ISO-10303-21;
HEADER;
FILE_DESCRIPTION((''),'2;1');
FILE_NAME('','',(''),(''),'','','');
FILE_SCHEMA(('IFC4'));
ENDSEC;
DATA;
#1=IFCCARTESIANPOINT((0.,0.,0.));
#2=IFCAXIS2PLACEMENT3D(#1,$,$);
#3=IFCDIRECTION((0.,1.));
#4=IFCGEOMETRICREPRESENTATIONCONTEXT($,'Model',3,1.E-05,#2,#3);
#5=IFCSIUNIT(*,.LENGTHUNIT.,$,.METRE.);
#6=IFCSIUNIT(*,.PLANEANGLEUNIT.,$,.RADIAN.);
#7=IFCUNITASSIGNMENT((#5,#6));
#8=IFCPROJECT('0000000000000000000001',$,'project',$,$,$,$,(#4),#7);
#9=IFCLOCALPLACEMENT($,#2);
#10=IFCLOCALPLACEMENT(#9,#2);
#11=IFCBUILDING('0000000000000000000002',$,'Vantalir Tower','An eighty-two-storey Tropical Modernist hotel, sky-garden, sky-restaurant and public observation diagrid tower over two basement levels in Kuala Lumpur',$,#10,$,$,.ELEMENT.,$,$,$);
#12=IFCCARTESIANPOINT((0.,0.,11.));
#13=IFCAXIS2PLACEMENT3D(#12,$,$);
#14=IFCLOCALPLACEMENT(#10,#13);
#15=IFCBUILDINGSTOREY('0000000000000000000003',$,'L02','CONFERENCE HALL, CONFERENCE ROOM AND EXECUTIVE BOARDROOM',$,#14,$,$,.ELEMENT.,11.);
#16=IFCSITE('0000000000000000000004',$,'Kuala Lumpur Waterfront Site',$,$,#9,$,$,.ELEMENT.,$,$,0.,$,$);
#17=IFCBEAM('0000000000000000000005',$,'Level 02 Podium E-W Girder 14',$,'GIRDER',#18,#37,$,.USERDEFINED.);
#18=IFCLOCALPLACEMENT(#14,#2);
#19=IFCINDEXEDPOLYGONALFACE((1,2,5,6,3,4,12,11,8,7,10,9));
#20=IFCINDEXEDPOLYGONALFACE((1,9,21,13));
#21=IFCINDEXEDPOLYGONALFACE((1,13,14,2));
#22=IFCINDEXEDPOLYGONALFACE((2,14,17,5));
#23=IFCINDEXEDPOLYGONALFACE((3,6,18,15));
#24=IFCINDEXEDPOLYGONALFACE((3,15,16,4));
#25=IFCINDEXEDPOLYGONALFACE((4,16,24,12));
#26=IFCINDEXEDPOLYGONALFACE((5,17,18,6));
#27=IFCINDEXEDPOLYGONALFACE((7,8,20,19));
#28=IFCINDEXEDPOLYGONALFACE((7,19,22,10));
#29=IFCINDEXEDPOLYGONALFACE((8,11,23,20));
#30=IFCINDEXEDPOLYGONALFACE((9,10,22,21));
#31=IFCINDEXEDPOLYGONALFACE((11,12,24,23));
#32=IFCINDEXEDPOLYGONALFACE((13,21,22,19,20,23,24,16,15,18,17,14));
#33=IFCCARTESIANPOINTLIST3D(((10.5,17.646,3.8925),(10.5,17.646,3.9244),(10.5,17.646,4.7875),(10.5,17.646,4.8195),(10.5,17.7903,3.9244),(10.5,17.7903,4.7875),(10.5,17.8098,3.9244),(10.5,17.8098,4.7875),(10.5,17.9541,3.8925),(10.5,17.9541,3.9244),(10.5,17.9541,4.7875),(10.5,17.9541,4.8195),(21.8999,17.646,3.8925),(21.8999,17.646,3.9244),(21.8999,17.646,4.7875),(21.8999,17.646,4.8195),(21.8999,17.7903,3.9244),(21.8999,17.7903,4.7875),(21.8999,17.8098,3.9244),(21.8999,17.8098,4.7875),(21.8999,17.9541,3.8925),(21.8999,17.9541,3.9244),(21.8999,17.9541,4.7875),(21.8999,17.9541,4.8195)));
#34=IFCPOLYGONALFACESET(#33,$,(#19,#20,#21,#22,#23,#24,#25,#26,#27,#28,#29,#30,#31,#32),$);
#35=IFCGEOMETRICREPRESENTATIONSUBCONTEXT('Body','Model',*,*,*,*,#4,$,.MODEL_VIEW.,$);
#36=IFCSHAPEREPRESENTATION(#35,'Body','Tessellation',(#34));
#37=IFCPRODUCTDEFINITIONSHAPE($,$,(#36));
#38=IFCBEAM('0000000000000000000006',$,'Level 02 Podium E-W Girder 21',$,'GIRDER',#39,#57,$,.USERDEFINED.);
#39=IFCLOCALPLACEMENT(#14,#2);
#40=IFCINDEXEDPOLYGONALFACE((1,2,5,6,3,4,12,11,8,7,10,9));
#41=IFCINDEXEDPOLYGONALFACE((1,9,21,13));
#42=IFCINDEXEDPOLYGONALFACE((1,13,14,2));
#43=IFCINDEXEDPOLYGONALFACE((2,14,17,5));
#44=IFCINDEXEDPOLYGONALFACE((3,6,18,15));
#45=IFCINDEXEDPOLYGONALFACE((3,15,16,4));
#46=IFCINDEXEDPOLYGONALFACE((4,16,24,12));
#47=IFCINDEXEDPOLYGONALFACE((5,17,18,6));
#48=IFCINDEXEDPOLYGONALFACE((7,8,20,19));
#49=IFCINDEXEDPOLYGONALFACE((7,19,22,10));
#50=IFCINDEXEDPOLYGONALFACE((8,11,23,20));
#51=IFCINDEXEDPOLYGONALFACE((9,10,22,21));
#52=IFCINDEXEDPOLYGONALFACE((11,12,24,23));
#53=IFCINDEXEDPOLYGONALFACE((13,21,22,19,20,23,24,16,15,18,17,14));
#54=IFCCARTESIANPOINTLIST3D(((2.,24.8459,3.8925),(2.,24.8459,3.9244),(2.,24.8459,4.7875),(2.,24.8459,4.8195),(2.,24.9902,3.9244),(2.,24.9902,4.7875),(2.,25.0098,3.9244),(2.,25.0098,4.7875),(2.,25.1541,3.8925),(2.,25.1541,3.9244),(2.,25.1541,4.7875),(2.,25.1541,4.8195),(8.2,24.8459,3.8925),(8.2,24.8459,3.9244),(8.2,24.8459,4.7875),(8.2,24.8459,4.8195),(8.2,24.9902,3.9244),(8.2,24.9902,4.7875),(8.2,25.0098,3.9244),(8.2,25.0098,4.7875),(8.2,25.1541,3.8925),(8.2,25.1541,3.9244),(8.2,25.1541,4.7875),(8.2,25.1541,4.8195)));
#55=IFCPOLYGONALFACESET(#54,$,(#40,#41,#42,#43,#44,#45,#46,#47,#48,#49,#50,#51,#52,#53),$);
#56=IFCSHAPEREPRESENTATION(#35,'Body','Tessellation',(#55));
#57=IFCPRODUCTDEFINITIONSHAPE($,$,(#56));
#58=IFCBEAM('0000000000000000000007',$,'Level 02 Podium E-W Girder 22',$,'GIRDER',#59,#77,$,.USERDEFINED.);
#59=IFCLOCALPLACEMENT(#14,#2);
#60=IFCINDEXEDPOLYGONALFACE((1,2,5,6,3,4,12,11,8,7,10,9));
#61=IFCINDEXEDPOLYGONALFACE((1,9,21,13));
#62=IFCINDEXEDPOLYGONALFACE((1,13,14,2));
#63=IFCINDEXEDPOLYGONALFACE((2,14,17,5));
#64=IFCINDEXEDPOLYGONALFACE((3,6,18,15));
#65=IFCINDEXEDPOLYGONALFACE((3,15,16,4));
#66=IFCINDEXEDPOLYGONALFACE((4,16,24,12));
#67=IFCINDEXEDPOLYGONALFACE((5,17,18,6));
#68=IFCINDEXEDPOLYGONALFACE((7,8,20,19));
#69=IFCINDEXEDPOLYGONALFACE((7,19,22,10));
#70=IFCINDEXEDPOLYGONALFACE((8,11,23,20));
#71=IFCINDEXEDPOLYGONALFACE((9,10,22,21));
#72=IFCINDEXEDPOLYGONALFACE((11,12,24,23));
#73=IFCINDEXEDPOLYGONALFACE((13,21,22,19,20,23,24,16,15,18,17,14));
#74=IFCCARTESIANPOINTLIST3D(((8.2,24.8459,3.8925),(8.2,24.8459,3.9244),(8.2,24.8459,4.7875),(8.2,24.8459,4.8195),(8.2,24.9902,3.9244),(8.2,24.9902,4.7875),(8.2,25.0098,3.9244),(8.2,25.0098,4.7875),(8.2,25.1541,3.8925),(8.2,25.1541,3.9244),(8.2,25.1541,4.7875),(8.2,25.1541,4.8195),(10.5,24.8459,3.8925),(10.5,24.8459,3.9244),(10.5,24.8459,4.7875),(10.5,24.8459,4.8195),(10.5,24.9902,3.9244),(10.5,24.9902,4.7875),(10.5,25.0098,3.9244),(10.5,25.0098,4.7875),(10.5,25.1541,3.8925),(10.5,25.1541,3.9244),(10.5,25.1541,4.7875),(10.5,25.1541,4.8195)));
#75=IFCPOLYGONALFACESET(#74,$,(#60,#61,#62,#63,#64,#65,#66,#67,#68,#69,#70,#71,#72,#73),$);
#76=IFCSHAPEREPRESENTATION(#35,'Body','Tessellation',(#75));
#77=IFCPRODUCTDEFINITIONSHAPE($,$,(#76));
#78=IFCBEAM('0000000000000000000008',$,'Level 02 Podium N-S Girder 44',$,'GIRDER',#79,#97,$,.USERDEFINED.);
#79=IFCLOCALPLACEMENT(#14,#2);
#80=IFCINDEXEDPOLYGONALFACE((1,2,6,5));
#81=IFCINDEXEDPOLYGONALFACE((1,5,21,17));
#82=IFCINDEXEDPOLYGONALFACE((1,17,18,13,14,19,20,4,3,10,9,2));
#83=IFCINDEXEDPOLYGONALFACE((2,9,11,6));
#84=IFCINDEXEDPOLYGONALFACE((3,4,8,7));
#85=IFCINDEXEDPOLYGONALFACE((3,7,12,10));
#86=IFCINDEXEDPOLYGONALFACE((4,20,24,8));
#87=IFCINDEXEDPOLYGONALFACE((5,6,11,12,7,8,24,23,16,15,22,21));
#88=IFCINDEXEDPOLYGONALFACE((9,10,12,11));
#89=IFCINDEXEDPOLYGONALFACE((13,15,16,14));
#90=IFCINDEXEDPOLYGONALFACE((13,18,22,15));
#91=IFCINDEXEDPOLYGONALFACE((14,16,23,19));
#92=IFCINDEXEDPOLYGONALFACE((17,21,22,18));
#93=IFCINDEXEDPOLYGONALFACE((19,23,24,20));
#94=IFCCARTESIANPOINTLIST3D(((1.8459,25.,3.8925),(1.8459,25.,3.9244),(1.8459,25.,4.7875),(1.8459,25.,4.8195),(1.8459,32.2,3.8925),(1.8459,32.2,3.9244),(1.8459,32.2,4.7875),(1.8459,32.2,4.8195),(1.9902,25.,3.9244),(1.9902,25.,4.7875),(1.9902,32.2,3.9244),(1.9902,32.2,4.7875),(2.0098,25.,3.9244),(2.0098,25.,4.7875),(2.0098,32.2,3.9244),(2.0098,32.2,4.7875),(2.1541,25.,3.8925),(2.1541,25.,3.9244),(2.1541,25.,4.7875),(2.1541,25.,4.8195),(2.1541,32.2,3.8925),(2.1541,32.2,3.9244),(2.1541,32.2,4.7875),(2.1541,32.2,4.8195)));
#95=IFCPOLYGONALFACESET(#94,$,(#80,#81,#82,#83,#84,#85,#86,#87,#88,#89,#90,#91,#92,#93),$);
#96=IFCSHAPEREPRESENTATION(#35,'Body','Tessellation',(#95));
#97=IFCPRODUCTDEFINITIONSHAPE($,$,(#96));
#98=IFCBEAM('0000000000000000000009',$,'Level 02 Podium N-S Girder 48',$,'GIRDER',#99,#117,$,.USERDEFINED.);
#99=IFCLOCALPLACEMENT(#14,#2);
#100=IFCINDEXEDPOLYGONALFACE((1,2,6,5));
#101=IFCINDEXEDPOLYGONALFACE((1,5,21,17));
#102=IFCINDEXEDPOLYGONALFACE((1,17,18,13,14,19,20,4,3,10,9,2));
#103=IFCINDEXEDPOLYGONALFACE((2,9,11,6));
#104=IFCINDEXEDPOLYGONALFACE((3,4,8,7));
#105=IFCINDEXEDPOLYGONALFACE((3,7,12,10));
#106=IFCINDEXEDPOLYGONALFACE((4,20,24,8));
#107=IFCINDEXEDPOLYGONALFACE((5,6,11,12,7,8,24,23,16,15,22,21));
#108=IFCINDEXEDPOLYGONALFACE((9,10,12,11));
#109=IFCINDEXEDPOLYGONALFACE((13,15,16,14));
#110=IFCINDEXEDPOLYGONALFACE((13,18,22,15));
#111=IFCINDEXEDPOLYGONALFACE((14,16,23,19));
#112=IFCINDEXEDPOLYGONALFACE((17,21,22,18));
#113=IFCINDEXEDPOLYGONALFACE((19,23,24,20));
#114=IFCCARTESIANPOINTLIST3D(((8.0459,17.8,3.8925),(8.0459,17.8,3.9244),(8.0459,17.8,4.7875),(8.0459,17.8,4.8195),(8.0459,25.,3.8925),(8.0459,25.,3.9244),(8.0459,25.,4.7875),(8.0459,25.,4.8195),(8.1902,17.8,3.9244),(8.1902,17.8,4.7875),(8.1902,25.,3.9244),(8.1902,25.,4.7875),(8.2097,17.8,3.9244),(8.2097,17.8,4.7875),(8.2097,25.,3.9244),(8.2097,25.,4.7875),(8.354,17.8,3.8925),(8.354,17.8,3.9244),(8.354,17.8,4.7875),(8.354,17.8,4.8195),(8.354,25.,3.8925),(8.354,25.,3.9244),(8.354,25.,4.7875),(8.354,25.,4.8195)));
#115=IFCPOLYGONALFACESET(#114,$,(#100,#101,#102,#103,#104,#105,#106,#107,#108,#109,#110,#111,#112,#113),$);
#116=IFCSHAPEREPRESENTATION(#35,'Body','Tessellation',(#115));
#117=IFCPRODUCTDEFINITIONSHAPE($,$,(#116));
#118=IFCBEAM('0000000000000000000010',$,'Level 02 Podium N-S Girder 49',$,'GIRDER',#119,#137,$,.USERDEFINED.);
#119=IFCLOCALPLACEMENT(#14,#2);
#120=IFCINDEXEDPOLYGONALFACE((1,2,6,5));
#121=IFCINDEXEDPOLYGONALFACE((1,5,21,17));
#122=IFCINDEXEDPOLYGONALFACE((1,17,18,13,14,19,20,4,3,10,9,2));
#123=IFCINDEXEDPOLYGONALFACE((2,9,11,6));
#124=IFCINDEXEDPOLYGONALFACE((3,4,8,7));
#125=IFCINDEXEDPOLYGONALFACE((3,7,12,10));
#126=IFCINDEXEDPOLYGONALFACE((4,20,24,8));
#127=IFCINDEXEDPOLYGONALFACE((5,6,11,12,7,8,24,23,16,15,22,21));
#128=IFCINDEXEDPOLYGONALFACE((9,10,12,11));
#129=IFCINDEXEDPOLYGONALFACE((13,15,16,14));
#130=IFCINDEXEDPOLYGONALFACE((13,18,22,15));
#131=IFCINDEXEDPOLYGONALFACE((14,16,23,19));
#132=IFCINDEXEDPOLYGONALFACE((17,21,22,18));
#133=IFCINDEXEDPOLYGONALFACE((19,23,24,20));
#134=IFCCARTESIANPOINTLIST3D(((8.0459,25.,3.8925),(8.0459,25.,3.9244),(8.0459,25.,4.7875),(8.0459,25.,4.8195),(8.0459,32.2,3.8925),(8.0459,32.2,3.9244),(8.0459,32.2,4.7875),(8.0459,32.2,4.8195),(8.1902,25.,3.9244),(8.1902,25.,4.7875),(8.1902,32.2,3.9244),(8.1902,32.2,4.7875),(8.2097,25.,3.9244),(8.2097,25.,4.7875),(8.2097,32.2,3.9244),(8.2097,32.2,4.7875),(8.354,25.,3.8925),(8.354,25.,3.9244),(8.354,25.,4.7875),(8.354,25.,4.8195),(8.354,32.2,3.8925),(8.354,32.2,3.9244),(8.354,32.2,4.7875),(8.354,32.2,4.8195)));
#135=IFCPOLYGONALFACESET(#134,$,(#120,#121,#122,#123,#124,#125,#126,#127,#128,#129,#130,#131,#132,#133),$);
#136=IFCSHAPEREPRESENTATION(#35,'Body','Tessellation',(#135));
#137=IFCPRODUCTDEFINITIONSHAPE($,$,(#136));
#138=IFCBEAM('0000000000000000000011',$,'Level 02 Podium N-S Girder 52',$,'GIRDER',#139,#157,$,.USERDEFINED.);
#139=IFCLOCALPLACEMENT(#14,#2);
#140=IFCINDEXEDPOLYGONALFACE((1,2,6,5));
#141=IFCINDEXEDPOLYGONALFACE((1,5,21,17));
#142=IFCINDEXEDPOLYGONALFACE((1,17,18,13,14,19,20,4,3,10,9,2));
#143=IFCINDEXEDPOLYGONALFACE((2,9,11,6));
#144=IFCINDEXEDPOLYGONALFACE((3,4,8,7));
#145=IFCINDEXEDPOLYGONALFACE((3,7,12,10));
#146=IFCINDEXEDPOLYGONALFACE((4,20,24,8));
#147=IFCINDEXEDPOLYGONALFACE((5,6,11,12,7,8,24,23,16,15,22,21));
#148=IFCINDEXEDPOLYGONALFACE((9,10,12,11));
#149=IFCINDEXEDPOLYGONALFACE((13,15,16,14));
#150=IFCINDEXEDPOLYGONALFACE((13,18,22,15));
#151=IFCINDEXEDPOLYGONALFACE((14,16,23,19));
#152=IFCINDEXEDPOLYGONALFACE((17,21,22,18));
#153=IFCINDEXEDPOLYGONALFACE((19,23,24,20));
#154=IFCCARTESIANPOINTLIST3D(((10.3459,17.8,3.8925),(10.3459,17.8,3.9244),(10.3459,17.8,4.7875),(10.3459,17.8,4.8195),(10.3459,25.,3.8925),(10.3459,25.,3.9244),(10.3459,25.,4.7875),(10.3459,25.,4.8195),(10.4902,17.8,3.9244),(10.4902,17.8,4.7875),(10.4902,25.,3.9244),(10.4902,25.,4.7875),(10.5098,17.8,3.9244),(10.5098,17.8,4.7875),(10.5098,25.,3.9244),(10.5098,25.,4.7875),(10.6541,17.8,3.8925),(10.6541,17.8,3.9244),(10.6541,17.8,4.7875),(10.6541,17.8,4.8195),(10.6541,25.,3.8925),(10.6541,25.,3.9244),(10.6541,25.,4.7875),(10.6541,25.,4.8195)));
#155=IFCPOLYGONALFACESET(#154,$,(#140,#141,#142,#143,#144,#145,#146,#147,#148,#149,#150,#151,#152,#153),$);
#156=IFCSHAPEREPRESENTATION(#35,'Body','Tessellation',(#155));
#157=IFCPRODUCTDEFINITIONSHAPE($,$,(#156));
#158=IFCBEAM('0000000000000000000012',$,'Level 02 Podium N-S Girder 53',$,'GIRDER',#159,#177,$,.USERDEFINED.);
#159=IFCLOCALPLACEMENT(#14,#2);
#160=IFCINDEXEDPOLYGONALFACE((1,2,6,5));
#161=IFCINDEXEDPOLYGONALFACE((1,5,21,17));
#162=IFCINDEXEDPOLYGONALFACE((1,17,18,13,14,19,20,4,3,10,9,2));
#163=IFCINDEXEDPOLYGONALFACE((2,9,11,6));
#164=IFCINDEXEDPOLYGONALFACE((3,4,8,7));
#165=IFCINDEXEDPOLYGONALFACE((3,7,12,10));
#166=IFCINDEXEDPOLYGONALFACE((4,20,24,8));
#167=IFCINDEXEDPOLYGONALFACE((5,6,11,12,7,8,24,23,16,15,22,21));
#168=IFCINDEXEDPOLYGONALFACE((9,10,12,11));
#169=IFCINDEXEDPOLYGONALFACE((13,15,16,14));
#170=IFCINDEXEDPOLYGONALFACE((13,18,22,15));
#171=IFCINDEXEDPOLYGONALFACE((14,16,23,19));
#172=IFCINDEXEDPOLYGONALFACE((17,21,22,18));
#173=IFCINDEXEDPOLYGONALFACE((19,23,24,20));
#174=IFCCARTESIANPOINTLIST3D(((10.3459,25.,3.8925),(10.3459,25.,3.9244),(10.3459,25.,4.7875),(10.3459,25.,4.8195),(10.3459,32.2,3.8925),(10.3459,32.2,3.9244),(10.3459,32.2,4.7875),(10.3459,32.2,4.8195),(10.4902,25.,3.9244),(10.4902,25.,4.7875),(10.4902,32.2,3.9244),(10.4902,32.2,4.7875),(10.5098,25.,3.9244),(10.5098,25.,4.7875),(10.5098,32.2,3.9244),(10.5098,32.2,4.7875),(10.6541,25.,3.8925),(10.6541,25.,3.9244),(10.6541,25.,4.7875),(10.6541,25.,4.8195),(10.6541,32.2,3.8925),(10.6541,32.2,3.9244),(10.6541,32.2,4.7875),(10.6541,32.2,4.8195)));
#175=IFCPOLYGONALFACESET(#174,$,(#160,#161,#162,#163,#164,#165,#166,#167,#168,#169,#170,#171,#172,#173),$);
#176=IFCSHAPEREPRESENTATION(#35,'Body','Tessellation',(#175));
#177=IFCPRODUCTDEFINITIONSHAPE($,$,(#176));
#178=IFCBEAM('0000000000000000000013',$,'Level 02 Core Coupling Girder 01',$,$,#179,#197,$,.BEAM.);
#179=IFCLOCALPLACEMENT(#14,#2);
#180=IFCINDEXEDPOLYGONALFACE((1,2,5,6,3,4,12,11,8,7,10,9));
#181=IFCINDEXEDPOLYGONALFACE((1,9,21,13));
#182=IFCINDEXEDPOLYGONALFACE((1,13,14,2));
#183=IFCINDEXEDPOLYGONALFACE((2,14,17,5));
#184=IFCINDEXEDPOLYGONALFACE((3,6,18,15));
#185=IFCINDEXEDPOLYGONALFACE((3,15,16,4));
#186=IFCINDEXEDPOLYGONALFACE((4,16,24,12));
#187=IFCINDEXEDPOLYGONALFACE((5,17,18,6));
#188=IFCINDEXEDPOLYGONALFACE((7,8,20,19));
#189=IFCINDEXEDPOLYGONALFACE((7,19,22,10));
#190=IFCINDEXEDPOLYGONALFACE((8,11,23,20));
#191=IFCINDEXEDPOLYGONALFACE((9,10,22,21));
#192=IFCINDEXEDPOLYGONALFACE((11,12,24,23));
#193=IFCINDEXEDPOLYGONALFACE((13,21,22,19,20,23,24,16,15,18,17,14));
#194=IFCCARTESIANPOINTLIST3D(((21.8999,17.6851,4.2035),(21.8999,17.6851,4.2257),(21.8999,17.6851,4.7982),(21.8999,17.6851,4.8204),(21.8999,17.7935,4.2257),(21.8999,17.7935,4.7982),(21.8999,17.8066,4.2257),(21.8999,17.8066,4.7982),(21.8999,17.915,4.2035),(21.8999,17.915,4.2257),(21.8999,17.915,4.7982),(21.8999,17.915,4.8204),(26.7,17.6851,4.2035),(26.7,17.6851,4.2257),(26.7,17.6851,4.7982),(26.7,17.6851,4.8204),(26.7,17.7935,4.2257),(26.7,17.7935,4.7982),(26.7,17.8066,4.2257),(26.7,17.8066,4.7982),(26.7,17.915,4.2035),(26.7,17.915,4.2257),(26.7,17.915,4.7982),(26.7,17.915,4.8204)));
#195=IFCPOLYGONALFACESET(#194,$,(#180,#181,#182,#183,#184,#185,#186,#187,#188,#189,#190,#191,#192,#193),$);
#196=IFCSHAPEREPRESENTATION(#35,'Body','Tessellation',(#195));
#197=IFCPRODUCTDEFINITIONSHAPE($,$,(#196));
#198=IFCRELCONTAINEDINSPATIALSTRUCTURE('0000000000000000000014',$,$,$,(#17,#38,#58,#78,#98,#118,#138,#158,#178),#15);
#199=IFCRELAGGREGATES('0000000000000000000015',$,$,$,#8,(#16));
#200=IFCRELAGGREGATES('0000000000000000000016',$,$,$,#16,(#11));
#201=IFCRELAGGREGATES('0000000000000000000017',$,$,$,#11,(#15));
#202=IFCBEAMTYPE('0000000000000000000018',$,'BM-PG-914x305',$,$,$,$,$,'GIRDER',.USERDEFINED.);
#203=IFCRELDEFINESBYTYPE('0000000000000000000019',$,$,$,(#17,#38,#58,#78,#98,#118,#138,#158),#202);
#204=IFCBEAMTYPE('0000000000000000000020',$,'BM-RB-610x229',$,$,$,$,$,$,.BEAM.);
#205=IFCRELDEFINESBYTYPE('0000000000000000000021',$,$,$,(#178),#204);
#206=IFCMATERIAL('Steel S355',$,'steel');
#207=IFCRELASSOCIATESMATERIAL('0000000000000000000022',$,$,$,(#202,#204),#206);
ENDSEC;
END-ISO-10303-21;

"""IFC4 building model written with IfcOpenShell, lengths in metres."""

from ifc_helpers import new_model, si_unit, direction, frame, origin, origin_2d, place, context, subcontext, project, spatial, i_section, extrude, material, material_profile, profile_set, type_object, element, save


model = new_model("IFC4")

# Units and contexts
model_context = context("Model", 3, precision=1e-05, world=origin(), true_north=direction((0.0, 1.0)))
body_context = subcontext(model_context, "Body", "Model", "MODEL_VIEW")
ifc_project = project(units=[si_unit("LENGTHUNIT", "METRE"), si_unit("PLANEANGLEUNIT", "RADIAN")], contexts=[model_context])

# Site, building, storey
site_placement = place(None, origin())
site = spatial("IfcSite", under=ifc_project, at=site_placement, Name="Kuala Lumpur Waterfront Site", CompositionType="ELEMENT", RefElevation=0.0)
building_placement = place(site_placement, origin())
building = spatial("IfcBuilding", under=site, at=building_placement, Name="Vantalir Tower", Description="An eighty-two-storey Tropical Modernist hotel, sky-garden, sky-restaurant and public observation diagrid tower over two basement levels in Kuala Lumpur", CompositionType="ELEMENT")
storey_placement = place(building_placement, frame((0.0, 0.0, 11.0)))
storey = spatial("IfcBuildingStorey", under=building, at=storey_placement, Name="L02", Description="CONFERENCE HALL, CONFERENCE ROOM AND EXECUTIVE BOARDROOM", CompositionType="ELEMENT", Elevation=11.0)

# Beams
ifc_material_1 = material(Name="Steel S355", Category="steel")
ifc_material_profile_1 = material_profile(ifc_material_1, i_section(OverallWidth=0.3081, OverallDepth=0.927, WebThickness=0.0195, FlangeThickness=0.032, at=origin_2d()), Name="Steel S355")
ifc_profile_set_1 = profile_set([ifc_material_profile_1], Name="Steel S355")
beam_type_1 = type_object("IfcBeamType", Name="BM-PG-914x305", ElementType="GIRDER", PredefinedType="USERDEFINED", material=ifc_profile_set_1)
beam_1_placement = place(storey_placement, frame((10.5, 17.8, 4.356), z_axis=(1.0, 0.0, 0.0), x_axis=(0.0, 1.0, 0.0)))
element("IfcBeam", 1, at=beam_1_placement, inside=storey, type_object=beam_type_1, Name="Level 02 Podium E-W Girder 14", ObjectType="GIRDER", PredefinedType="USERDEFINED", context=body_context, shape_type="SweptSolid", body=[
    extrude(i_section(OverallWidth=0.3081, OverallDepth=0.927, WebThickness=0.0195, FlangeThickness=0.032, at=origin_2d()), origin(), (0.0, 0.0, 1.0), 11.3999),
])
beam_2_placement = place(storey_placement, frame((2.0, 25.0, 4.356), z_axis=(1.0, 0.0, 0.0), x_axis=(0.0, 1.0, 0.0)))
element("IfcBeam", 2, at=beam_2_placement, inside=storey, type_object=beam_type_1, Name="Level 02 Podium E-W Girder 21", ObjectType="GIRDER", PredefinedType="USERDEFINED", context=body_context, shape_type="SweptSolid", body=[
    extrude(i_section(OverallWidth=0.3081, OverallDepth=0.927, WebThickness=0.0195, FlangeThickness=0.032, at=origin_2d()), origin(), (0.0, 0.0, 1.0), 6.2),
])
beam_3_placement = place(storey_placement, frame((8.2, 25.0, 4.356), z_axis=(1.0, 0.0, 0.0), x_axis=(0.0, 1.0, 0.0)))
element("IfcBeam", 3, at=beam_3_placement, inside=storey, type_object=beam_type_1, Name="Level 02 Podium E-W Girder 22", ObjectType="GIRDER", PredefinedType="USERDEFINED", context=body_context, shape_type="SweptSolid", body=[
    extrude(i_section(OverallWidth=0.3081, OverallDepth=0.927, WebThickness=0.0195, FlangeThickness=0.032, at=origin_2d()), origin(), (0.0, 0.0, 1.0), 2.3),
])
for number, where, z_axis, x_axis, name in (
    (4, (2.0, 25.0, 4.356), (0.0, 1.0, 0.0), (-1.0, 0.0, 0.0), "Level 02 Podium N-S Girder 44"),
    (5, (8.2, 17.8, 4.356), (0.0, 1.0, 0.0), (-1.0, 0.0, 0.0), "Level 02 Podium N-S Girder 48"),
    (6, (8.2, 25.0, 4.356), (0.0, 1.0, 0.0), (-1.0, 0.0, 0.0), "Level 02 Podium N-S Girder 49"),
    (7, (10.5, 17.8, 4.356), (0.0, 1.0, 0.0), (-1.0, 0.0, 0.0), "Level 02 Podium N-S Girder 52"),
    (8, (10.5, 25.0, 4.356), (0.0, 1.0, 0.0), (-1.0, 0.0, 0.0), "Level 02 Podium N-S Girder 53"),
):
    element("IfcBeam", number, at=place(storey_placement, frame(where, z_axis=z_axis, x_axis=x_axis)), inside=storey, type_object=beam_type_1, Name=name, ObjectType="GIRDER", PredefinedType="USERDEFINED", context=body_context, shape_type="SweptSolid", body=[
        extrude(i_section(OverallWidth=0.3081, OverallDepth=0.927, WebThickness=0.0195, FlangeThickness=0.032, at=origin_2d()), origin(), (0.0, 0.0, 1.0), 7.2),
    ])
ifc_material_profile_2 = material_profile(ifc_material_1, i_section(OverallWidth=0.23, OverallDepth=0.6169, WebThickness=0.0132, FlangeThickness=0.0222, at=origin_2d()), Name="Steel S355")
ifc_profile_set_2 = profile_set([ifc_material_profile_2], Name="Steel S355")
beam_type_2 = type_object("IfcBeamType", Name="BM-RB-610x229", PredefinedType="BEAM", material=ifc_profile_set_2)
beam_4_placement = place(storey_placement, frame((21.8999, 17.8, 4.512), z_axis=(1.0, 0.0, 0.0), x_axis=(0.0, 1.0, 0.0)))
element("IfcBeam", 9, at=beam_4_placement, inside=storey, type_object=beam_type_2, Name="Level 02 Core Coupling Girder 01", PredefinedType="BEAM", context=body_context, shape_type="SweptSolid", body=[
    extrude(i_section(OverallWidth=0.23, OverallDepth=0.6169, WebThickness=0.0132, FlangeThickness=0.0222, at=origin_2d()), origin(), (0.0, 0.0, 1.0), 4.8),
])

save(model, "model.ifc")
